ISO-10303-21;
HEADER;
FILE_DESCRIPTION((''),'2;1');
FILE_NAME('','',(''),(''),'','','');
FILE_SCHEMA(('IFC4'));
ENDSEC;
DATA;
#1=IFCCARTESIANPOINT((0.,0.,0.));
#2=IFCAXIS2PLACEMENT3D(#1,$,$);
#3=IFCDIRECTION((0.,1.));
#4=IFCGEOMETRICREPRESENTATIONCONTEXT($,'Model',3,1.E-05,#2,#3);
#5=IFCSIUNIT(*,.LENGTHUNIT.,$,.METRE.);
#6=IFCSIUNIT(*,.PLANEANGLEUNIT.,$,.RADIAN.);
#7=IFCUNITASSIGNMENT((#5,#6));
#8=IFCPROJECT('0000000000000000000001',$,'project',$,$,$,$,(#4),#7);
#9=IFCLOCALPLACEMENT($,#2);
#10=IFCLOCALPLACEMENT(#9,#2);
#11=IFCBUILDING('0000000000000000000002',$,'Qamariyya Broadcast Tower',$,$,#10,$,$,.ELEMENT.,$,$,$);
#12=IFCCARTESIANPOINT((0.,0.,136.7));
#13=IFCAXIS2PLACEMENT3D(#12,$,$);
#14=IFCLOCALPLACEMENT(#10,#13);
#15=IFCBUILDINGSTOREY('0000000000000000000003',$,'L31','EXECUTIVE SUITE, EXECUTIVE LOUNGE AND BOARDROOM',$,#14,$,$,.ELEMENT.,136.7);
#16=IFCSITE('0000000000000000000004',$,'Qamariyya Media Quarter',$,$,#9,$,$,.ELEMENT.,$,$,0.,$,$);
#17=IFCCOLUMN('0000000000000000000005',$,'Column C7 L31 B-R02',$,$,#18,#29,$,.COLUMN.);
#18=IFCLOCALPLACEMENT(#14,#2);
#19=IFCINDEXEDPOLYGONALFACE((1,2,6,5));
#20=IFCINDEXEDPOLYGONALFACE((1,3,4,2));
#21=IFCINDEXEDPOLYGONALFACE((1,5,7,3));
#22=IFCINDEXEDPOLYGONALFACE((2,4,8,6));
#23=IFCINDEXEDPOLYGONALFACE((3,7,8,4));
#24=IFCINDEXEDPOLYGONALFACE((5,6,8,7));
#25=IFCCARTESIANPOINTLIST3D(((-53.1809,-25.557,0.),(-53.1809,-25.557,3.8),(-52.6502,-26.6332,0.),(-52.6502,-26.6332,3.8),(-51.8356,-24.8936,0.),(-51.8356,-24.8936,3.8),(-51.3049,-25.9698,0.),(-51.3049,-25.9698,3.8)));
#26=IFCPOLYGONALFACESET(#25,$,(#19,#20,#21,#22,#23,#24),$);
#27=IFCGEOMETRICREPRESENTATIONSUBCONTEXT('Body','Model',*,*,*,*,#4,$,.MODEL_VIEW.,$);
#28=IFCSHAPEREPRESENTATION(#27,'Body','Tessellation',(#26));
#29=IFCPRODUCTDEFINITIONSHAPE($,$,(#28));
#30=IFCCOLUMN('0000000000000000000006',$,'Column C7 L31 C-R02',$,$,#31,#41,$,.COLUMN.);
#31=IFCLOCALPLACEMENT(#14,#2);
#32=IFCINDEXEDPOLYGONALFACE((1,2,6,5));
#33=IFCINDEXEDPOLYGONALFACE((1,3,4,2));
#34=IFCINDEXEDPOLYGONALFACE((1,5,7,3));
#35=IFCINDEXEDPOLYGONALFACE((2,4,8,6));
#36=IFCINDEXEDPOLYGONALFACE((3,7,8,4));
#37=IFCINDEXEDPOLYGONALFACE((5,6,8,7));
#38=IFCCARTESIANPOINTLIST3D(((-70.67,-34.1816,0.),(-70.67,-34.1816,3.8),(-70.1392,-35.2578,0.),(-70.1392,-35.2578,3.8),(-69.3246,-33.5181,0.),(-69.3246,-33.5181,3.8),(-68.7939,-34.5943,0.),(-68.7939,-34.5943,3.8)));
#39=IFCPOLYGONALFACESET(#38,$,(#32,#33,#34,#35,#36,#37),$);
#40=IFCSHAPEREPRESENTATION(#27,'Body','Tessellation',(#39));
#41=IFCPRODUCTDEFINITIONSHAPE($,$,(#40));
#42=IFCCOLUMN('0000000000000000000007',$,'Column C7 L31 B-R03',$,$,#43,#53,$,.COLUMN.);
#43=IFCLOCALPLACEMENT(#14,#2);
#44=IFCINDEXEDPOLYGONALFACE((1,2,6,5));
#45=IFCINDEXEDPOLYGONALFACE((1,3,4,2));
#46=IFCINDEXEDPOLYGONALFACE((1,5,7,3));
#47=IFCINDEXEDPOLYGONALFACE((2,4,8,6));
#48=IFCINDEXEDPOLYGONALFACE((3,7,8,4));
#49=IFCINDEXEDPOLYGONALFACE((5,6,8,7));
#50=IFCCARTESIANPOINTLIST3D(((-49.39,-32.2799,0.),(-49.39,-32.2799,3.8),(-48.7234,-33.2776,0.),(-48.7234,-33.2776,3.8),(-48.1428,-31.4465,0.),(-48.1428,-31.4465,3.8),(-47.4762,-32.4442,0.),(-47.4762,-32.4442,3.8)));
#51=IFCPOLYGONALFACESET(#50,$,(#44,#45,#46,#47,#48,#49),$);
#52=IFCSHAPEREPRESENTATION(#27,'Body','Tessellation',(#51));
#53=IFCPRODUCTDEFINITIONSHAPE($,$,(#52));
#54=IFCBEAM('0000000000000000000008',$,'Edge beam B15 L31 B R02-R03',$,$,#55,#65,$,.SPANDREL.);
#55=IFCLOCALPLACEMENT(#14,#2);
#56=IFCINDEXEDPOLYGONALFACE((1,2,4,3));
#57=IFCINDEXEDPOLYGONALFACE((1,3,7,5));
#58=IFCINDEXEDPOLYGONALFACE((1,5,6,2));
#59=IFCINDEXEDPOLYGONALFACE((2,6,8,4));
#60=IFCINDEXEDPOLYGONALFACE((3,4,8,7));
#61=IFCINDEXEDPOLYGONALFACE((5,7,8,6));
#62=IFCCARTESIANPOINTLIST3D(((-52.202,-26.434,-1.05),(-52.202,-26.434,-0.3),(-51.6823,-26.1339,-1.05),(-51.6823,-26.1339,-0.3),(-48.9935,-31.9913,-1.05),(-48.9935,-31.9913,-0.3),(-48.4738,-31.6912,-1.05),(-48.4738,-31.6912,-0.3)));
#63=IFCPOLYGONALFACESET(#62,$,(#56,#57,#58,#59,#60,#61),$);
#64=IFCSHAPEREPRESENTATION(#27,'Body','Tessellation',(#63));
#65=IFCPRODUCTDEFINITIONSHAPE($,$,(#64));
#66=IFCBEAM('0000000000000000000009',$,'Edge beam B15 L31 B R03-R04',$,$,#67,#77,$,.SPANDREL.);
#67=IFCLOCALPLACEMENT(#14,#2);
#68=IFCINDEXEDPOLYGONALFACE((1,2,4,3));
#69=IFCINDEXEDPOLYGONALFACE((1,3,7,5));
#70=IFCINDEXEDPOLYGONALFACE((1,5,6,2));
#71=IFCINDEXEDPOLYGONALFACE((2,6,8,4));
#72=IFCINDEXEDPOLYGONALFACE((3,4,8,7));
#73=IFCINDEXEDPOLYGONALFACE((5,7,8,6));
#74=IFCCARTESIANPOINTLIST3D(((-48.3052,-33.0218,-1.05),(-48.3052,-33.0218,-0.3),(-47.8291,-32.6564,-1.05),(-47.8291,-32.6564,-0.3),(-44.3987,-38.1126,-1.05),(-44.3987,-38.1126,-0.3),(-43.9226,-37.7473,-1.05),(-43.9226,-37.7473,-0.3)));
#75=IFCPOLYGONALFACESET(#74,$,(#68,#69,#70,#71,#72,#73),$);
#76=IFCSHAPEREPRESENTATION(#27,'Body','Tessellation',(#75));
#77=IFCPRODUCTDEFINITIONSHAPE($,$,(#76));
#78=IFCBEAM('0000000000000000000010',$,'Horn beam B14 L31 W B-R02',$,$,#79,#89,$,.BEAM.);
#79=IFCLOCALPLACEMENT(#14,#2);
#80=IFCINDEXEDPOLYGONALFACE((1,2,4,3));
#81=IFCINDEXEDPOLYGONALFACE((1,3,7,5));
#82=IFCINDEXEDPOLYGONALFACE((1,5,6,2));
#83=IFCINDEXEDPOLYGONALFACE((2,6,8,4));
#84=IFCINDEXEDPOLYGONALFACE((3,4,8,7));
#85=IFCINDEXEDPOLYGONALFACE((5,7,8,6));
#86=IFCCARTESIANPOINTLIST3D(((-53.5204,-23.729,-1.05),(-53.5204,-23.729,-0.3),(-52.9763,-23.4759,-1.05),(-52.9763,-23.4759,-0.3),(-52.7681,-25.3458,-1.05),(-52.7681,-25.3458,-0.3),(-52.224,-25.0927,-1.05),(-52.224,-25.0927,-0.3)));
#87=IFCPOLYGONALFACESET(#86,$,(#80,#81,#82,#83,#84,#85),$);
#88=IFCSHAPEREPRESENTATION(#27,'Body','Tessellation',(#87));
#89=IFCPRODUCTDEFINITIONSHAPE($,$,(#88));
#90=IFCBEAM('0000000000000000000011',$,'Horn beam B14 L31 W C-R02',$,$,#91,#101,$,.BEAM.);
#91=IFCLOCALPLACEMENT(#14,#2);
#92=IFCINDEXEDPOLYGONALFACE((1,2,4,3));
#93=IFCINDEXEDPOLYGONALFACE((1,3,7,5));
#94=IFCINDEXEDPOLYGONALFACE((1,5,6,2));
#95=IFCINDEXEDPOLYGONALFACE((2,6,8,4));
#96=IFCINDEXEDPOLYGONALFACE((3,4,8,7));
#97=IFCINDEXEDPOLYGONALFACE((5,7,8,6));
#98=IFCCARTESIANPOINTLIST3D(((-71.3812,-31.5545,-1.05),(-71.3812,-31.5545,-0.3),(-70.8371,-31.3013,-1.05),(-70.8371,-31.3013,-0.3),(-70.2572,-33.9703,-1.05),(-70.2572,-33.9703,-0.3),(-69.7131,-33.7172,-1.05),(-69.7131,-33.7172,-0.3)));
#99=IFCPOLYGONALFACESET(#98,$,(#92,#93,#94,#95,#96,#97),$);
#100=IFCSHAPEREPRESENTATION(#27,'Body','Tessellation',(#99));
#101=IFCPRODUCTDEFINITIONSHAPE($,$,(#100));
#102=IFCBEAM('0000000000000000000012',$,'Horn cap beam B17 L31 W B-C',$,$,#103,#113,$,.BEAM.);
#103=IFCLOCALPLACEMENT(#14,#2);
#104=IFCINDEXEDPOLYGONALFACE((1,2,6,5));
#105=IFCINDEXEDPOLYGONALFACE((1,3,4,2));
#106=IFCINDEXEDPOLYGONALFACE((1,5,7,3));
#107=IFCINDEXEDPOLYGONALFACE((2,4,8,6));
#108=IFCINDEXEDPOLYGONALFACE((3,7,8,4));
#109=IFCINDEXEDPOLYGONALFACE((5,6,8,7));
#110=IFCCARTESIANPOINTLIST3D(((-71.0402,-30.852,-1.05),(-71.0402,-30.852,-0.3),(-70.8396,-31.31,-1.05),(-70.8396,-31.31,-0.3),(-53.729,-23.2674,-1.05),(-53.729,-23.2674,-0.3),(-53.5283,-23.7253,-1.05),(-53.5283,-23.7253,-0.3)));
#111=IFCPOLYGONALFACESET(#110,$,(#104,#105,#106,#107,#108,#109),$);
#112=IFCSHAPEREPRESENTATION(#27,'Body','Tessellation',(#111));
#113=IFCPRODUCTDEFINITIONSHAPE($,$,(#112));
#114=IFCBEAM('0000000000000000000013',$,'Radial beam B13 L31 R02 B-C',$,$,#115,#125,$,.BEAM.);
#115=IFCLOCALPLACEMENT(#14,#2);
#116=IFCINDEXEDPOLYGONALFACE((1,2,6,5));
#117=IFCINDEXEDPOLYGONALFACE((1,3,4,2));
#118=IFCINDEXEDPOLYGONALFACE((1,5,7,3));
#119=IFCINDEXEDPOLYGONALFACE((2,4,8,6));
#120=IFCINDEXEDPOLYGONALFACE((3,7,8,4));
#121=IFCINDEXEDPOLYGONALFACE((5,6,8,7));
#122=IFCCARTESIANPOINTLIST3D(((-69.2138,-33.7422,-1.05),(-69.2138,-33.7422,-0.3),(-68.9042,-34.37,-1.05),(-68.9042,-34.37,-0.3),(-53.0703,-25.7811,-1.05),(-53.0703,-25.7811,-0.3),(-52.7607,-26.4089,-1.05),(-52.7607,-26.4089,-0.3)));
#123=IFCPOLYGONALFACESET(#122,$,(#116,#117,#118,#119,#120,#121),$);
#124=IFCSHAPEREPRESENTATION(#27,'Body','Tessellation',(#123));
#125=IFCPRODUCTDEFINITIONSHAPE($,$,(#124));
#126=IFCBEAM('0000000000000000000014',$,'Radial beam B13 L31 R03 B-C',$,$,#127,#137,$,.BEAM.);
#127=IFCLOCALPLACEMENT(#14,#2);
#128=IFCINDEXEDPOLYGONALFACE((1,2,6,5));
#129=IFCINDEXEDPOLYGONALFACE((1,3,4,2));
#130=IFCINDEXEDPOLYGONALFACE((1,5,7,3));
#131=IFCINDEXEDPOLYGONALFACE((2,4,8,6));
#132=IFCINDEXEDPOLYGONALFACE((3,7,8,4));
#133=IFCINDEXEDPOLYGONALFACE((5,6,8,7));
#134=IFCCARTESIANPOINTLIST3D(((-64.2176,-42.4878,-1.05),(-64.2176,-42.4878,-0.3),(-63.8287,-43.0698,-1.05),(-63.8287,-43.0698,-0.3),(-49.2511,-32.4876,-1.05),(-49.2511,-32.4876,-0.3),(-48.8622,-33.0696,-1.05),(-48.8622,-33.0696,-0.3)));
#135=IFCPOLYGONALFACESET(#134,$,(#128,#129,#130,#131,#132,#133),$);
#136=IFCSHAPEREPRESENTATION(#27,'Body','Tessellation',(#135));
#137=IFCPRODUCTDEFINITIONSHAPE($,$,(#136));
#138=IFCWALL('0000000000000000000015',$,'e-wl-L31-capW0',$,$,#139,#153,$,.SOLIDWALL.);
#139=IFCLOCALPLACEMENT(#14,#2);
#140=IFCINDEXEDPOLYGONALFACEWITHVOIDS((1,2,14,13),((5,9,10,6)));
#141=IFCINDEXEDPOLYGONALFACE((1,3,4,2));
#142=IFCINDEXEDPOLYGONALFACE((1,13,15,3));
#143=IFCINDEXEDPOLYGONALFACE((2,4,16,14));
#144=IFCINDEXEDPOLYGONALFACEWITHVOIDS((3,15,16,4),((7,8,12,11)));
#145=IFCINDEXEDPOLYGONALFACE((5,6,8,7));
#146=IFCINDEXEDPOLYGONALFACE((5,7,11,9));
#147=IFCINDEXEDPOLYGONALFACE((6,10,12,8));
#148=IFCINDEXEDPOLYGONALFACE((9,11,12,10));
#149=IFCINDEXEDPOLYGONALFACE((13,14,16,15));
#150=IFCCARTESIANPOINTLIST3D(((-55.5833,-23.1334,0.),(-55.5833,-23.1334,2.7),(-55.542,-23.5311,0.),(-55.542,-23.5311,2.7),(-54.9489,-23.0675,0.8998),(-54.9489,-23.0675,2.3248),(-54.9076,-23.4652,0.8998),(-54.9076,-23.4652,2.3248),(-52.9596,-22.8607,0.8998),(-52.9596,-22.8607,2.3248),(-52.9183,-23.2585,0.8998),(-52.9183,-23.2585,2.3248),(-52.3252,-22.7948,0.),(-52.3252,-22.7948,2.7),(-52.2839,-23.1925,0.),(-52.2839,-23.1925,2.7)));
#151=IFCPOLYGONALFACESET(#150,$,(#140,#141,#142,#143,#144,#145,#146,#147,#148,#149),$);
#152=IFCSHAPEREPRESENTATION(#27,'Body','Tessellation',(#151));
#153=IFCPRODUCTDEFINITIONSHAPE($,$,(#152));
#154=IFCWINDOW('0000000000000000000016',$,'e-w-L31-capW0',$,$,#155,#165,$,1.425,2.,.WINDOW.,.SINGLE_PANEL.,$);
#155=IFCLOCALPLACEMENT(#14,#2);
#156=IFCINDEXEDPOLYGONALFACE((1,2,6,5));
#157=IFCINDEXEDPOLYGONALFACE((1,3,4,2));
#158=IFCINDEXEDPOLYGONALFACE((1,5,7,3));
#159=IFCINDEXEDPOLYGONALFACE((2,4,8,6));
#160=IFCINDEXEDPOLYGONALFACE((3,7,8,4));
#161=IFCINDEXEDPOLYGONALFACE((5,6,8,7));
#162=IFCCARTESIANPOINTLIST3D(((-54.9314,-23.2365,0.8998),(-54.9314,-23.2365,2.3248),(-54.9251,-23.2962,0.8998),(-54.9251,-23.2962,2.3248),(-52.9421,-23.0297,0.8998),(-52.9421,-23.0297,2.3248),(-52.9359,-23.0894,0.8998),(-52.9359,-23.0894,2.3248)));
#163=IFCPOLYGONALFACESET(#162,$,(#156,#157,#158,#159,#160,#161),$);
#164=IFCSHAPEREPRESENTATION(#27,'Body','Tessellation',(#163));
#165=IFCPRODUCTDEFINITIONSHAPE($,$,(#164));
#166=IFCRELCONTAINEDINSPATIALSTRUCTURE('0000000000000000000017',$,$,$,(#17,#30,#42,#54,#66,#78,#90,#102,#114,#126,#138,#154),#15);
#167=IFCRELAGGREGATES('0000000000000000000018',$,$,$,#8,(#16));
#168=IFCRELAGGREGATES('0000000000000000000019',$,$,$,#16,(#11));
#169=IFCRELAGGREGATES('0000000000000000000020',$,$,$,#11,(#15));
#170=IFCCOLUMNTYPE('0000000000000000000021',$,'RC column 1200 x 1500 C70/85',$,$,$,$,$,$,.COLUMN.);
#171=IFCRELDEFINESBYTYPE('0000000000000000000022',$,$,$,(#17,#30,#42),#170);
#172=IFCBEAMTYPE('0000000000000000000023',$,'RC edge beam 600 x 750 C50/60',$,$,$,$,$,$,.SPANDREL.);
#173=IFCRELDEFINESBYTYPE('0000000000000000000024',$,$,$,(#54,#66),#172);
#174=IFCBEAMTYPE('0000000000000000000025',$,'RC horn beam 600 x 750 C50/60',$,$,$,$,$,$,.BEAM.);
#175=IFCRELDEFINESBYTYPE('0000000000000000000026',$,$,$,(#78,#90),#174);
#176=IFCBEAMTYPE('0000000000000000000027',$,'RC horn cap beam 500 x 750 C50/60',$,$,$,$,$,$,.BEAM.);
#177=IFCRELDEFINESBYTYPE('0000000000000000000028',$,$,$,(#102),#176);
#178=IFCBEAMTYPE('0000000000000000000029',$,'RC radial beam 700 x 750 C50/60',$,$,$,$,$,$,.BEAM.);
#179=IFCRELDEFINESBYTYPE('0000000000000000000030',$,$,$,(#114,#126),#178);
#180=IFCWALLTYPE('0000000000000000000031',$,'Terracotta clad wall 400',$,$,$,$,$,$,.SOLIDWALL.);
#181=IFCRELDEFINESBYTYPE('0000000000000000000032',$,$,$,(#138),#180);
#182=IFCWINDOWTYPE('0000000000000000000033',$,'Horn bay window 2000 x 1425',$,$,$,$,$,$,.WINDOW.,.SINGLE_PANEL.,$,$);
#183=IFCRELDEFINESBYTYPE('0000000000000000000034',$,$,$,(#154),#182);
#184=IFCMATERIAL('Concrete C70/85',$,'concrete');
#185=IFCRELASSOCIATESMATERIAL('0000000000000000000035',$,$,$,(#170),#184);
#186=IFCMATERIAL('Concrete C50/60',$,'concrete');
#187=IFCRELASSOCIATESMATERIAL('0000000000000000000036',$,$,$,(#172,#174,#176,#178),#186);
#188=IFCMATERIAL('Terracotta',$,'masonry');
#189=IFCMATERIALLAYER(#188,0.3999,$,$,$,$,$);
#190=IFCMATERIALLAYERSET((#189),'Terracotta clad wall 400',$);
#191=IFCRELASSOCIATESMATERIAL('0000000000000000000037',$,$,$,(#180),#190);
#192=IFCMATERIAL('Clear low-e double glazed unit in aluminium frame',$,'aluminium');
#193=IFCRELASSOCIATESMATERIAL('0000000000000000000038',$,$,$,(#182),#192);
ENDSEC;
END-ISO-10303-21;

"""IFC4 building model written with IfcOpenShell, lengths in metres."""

from ifc_helpers import new_model, si_unit, direction, frame, frame_2d, origin, origin_2d, place, context, subcontext, project, spatial, rectangle, extrude, material, layer, layer_set, material_profile, profile_set, type_object, element, fill, save


model = new_model("IFC4")

# Units and contexts
model_context = context("Model", 3, precision=1e-05, world=origin(), true_north=direction((0.0, 1.0)))
body_context = subcontext(model_context, "Body", "Model", "MODEL_VIEW")
ifc_project = project(units=[si_unit("LENGTHUNIT", "METRE"), si_unit("PLANEANGLEUNIT", "RADIAN")], contexts=[model_context])

# Site, building, storey
site_placement = place(None, origin())
site = spatial("IfcSite", under=ifc_project, at=site_placement, Name="Qamariyya Media Quarter", CompositionType="ELEMENT", RefElevation=0.0)
building_placement = place(site_placement, origin())
building = spatial("IfcBuilding", under=site, at=building_placement, Name="Qamariyya Broadcast Tower", CompositionType="ELEMENT")
storey_placement = place(building_placement, frame((0.0, 0.0, 136.7)))
storey = spatial("IfcBuildingStorey", under=building, at=storey_placement, Name="L31", Description="EXECUTIVE SUITE, EXECUTIVE LOUNGE AND BOARDROOM", CompositionType="ELEMENT", Elevation=136.7)

# Columns
ifc_material_1 = material(Name="Concrete C70/85", Category="concrete")
ifc_material_profile_1 = material_profile(ifc_material_1, rectangle(XDim=1.2, YDim=1.5, at=origin_2d()))
ifc_profile_set_1 = profile_set([ifc_material_profile_1], Name="Concrete C70/85")
column_type = type_object("IfcColumnType", Name="RC column 1200 x 1500 C70/85", PredefinedType="COLUMN", material=ifc_profile_set_1)
for number, where, z_axis, x_axis, name in (
    (1, (-52.2429, -25.7634, 0.0), (0.0, 0.0, 1.0), (0.442289, -0.896873, 0.0), "Column C7 L31 B-R02"),
    (2, (-69.7319, -34.3879, 0.0), (0.0, 0.0, 1.0), (0.442289, -0.896873, 0.0), "Column C7 L31 C-R02"),
    (3, (-48.4331, -32.3621, 0.0), (0.0, 0.0, 1.0), (0.55557, -0.83147, 0.0), "Column C7 L31 B-R03"),
):
    element("IfcColumn", number, at=place(storey_placement, frame(where, z_axis=z_axis, x_axis=x_axis)), inside=storey, type_object=column_type, Name=name, PredefinedType="COLUMN", context=body_context, shape_type="SweptSolid", body=[
        extrude(rectangle(XDim=1.2, YDim=1.5, at=origin_2d()), origin(), (0.0, 0.0, 1.0), 3.8),
    ])

# Beams
ifc_material_2 = material(Name="Concrete C50/60", Category="concrete")
ifc_material_profile_2 = material_profile(ifc_material_2, rectangle(XDim=0.6001, YDim=0.75, at=origin_2d()))
ifc_profile_set_2 = profile_set([ifc_material_profile_2], Name="Concrete C50/60")
beam_type_1 = type_object("IfcBeamType", Name="RC edge beam 600 x 750 C50/60", PredefinedType="SPANDREL", material=ifc_profile_set_2)
for number, where, z_axis, x_axis, name in (
    (4, (-51.9421, -26.2839, -0.675), (0.499994, -0.866029, 0.0), (0.866029, 0.499994, 0.0), "Edge beam B15 L31 B R02-R03"),
    (5, (-48.0671, -32.8391, -0.675), (0.608778, -0.793341, 0.0), (0.793341, 0.608778, 0.0), "Edge beam B15 L31 B R03-R04"),
):
    element("IfcBeam", number, at=place(storey_placement, frame(where, z_axis=z_axis, x_axis=x_axis)), inside=storey, type_object=beam_type_1, Name=name, PredefinedType="SPANDREL", context=body_context, shape_type="SweptSolid", body=[
        extrude(rectangle(XDim=0.6001, YDim=0.75, at=origin_2d()), origin(), (0.0, 0.0, 1.0), 6.417),
    ])
ifc_material_profile_3 = material_profile(ifc_material_2, rectangle(XDim=0.6001, YDim=0.75, at=origin_2d()))
ifc_profile_set_3 = profile_set([ifc_material_profile_3], Name="Concrete C50/60")
beam_type_2 = type_object("IfcBeamType", Name="RC horn beam 600 x 750 C50/60", PredefinedType="BEAM", material=ifc_profile_set_3)
beam_1_placement = place(storey_placement, frame((-52.4961, -25.2192, -0.675), z_axis=(-0.421843, 0.906669, 0.0), x_axis=(-0.906669, -0.421843, 0.0)))
element("IfcBeam", 6, at=beam_1_placement, inside=storey, type_object=beam_type_2, Name="Horn beam B14 L31 W B-R02", PredefinedType="BEAM", context=body_context, shape_type="SweptSolid", body=[
    extrude(rectangle(XDim=0.6001, YDim=0.75, at=origin_2d()), origin(), (0.0, 0.0, 1.0), 1.7832),
])
beam_2_placement = place(storey_placement, frame((-69.9851, -33.8438, -0.675), z_axis=(-0.421857, 0.906662, 0.0), x_axis=(-0.906662, -0.421857, 0.0)))
element("IfcBeam", 7, at=beam_2_placement, inside=storey, type_object=beam_type_2, Name="Horn beam B14 L31 W C-R02", PredefinedType="BEAM", context=body_context, shape_type="SweptSolid", body=[
    extrude(rectangle(XDim=0.6001, YDim=0.75, at=origin_2d()), origin(), (0.0, 0.0, 1.0), 2.6646),
])
ifc_material_profile_4 = material_profile(ifc_material_2, rectangle(XDim=0.5, YDim=0.75, at=origin_2d()))
ifc_profile_set_4 = profile_set([ifc_material_profile_4], Name="Concrete C50/60")
beam_type_3 = type_object("IfcBeamType", Name="RC horn cap beam 500 x 750 C50/60", PredefinedType="BEAM", material=ifc_profile_set_4)
beam_3_placement = place(storey_placement, frame((-53.6287, -23.4963, -0.675), z_axis=(-0.915943, -0.401309, 0.0), x_axis=(0.401309, -0.915943, 0.0)))
element("IfcBeam", 8, at=beam_3_placement, inside=storey, type_object=beam_type_3, Name="Horn cap beam B17 L31 W B-C", PredefinedType="BEAM", context=body_context, shape_type="SweptSolid", body=[
    extrude(rectangle(XDim=0.5, YDim=0.75, at=origin_2d()), origin(), (0.0, 0.0, 1.0), 18.8999),
])
ifc_material_profile_5 = material_profile(ifc_material_2, rectangle(XDim=0.7, YDim=0.75, at=origin_2d()))
ifc_profile_set_5 = profile_set([ifc_material_profile_5], Name="Concrete C50/60")
beam_type_4 = type_object("IfcBeamType", Name="RC radial beam 700 x 750 C50/60", PredefinedType="BEAM", material=ifc_profile_set_5)
beam_4_placement = place(storey_placement, frame((-52.9155, -26.095, -0.675), z_axis=(-0.896871, -0.442291, 0.0), x_axis=(0.442291, -0.896871, 0.0)))
element("IfcBeam", 9, at=beam_4_placement, inside=storey, type_object=beam_type_4, Name="Radial beam B13 L31 R02 B-C", PredefinedType="BEAM", context=body_context, shape_type="SweptSolid", body=[
    extrude(rectangle(XDim=0.7, YDim=0.75, at=origin_2d()), origin(), (0.0, 0.0, 1.0), 17.9998),
])
beam_5_placement = place(storey_placement, frame((-49.0566, -32.7786, -0.675), z_axis=(-0.831472, -0.555567, 0.0), x_axis=(0.555567, -0.831472, 0.0)))
element("IfcBeam", 10, at=beam_5_placement, inside=storey, type_object=beam_type_4, Name="Radial beam B13 L31 R03 B-C", PredefinedType="BEAM", context=body_context, shape_type="SweptSolid", body=[
    extrude(rectangle(XDim=0.7, YDim=0.75, at=origin_2d()), origin(), (0.0, 0.0, 1.0), 18.0),
])

# Wall, opening, window
ifc_material_3 = material(Name="Terracotta", Category="masonry")
ifc_layer = layer(ifc_material_3, 0.3999)
ifc_layer_set = layer_set([ifc_layer], Name="Terracotta clad wall 400")
wall_type = type_object("IfcWallType", Name="Terracotta clad wall 400", PredefinedType="SOLIDWALL", material=ifc_layer_set)
wall_1_placement = place(storey_placement, frame((-52.3047, -22.9937, 0.0), z_axis=(0.0, 0.0, 1.0), x_axis=(-0.994642, -0.103377, 0.0)))
wall_1 = element("IfcWall", 11, at=wall_1_placement, inside=storey, type_object=wall_type, Name="e-wl-L31-capW0", PredefinedType="SOLIDWALL", context=body_context, shape_type="SweptSolid", body=[
    extrude(rectangle(XDim=3.2756, YDim=0.3999, at=frame_2d((1.6377, 0.0))), origin(), (0.0, 0.0, 1.0), 2.7),
])
opening_1_placement = place(wall_1_placement, frame((0.6377, 0.0, 0.8999)))
opening_1 = element("IfcOpeningElement", 12, at=opening_1_placement, cuts=wall_1, PredefinedType="OPENING", context=body_context, shape_type="SweptSolid", body=[
    extrude(rectangle(XDim=2.0, YDim=1.425, at=frame_2d((1.0, 0.7124))), frame((0.0, 0.21, 0.0), z_axis=(0.0, -1.0, 0.0), x_axis=(1.0, 0.0, 0.0)), (0.0, 0.0, 1.0), 0.4199),
])
ifc_material_4 = material(Name="Clear low-e double glazed unit in aluminium frame", Category="aluminium")
window_type = type_object("IfcWindowType", Name="Horn bay window 2000 x 1425", PartitioningType="SINGLE_PANEL", PredefinedType="WINDOW", material=ifc_material_4)
window_1_placement = place(opening_1_placement, origin())
window_1 = element("IfcWindow", 13, at=window_1_placement, inside=storey, type_object=window_type, Name="e-w-L31-capW0", OverallHeight=1.425, OverallWidth=2.0, PartitioningType="SINGLE_PANEL", PredefinedType="WINDOW", context=body_context, shape_type="SweptSolid", body=[
    extrude(rectangle(XDim=2.0, YDim=1.425, at=frame_2d((1.0, 0.7124))), frame((0.0, 0.03, 0.0), z_axis=(0.0, -1.0, 0.0), x_axis=(1.0, 0.0, 0.0)), (0.0, 0.0, 1.0), 0.0601),
])
fill(opening_1, window_1)

save(model, "model.ifc")
